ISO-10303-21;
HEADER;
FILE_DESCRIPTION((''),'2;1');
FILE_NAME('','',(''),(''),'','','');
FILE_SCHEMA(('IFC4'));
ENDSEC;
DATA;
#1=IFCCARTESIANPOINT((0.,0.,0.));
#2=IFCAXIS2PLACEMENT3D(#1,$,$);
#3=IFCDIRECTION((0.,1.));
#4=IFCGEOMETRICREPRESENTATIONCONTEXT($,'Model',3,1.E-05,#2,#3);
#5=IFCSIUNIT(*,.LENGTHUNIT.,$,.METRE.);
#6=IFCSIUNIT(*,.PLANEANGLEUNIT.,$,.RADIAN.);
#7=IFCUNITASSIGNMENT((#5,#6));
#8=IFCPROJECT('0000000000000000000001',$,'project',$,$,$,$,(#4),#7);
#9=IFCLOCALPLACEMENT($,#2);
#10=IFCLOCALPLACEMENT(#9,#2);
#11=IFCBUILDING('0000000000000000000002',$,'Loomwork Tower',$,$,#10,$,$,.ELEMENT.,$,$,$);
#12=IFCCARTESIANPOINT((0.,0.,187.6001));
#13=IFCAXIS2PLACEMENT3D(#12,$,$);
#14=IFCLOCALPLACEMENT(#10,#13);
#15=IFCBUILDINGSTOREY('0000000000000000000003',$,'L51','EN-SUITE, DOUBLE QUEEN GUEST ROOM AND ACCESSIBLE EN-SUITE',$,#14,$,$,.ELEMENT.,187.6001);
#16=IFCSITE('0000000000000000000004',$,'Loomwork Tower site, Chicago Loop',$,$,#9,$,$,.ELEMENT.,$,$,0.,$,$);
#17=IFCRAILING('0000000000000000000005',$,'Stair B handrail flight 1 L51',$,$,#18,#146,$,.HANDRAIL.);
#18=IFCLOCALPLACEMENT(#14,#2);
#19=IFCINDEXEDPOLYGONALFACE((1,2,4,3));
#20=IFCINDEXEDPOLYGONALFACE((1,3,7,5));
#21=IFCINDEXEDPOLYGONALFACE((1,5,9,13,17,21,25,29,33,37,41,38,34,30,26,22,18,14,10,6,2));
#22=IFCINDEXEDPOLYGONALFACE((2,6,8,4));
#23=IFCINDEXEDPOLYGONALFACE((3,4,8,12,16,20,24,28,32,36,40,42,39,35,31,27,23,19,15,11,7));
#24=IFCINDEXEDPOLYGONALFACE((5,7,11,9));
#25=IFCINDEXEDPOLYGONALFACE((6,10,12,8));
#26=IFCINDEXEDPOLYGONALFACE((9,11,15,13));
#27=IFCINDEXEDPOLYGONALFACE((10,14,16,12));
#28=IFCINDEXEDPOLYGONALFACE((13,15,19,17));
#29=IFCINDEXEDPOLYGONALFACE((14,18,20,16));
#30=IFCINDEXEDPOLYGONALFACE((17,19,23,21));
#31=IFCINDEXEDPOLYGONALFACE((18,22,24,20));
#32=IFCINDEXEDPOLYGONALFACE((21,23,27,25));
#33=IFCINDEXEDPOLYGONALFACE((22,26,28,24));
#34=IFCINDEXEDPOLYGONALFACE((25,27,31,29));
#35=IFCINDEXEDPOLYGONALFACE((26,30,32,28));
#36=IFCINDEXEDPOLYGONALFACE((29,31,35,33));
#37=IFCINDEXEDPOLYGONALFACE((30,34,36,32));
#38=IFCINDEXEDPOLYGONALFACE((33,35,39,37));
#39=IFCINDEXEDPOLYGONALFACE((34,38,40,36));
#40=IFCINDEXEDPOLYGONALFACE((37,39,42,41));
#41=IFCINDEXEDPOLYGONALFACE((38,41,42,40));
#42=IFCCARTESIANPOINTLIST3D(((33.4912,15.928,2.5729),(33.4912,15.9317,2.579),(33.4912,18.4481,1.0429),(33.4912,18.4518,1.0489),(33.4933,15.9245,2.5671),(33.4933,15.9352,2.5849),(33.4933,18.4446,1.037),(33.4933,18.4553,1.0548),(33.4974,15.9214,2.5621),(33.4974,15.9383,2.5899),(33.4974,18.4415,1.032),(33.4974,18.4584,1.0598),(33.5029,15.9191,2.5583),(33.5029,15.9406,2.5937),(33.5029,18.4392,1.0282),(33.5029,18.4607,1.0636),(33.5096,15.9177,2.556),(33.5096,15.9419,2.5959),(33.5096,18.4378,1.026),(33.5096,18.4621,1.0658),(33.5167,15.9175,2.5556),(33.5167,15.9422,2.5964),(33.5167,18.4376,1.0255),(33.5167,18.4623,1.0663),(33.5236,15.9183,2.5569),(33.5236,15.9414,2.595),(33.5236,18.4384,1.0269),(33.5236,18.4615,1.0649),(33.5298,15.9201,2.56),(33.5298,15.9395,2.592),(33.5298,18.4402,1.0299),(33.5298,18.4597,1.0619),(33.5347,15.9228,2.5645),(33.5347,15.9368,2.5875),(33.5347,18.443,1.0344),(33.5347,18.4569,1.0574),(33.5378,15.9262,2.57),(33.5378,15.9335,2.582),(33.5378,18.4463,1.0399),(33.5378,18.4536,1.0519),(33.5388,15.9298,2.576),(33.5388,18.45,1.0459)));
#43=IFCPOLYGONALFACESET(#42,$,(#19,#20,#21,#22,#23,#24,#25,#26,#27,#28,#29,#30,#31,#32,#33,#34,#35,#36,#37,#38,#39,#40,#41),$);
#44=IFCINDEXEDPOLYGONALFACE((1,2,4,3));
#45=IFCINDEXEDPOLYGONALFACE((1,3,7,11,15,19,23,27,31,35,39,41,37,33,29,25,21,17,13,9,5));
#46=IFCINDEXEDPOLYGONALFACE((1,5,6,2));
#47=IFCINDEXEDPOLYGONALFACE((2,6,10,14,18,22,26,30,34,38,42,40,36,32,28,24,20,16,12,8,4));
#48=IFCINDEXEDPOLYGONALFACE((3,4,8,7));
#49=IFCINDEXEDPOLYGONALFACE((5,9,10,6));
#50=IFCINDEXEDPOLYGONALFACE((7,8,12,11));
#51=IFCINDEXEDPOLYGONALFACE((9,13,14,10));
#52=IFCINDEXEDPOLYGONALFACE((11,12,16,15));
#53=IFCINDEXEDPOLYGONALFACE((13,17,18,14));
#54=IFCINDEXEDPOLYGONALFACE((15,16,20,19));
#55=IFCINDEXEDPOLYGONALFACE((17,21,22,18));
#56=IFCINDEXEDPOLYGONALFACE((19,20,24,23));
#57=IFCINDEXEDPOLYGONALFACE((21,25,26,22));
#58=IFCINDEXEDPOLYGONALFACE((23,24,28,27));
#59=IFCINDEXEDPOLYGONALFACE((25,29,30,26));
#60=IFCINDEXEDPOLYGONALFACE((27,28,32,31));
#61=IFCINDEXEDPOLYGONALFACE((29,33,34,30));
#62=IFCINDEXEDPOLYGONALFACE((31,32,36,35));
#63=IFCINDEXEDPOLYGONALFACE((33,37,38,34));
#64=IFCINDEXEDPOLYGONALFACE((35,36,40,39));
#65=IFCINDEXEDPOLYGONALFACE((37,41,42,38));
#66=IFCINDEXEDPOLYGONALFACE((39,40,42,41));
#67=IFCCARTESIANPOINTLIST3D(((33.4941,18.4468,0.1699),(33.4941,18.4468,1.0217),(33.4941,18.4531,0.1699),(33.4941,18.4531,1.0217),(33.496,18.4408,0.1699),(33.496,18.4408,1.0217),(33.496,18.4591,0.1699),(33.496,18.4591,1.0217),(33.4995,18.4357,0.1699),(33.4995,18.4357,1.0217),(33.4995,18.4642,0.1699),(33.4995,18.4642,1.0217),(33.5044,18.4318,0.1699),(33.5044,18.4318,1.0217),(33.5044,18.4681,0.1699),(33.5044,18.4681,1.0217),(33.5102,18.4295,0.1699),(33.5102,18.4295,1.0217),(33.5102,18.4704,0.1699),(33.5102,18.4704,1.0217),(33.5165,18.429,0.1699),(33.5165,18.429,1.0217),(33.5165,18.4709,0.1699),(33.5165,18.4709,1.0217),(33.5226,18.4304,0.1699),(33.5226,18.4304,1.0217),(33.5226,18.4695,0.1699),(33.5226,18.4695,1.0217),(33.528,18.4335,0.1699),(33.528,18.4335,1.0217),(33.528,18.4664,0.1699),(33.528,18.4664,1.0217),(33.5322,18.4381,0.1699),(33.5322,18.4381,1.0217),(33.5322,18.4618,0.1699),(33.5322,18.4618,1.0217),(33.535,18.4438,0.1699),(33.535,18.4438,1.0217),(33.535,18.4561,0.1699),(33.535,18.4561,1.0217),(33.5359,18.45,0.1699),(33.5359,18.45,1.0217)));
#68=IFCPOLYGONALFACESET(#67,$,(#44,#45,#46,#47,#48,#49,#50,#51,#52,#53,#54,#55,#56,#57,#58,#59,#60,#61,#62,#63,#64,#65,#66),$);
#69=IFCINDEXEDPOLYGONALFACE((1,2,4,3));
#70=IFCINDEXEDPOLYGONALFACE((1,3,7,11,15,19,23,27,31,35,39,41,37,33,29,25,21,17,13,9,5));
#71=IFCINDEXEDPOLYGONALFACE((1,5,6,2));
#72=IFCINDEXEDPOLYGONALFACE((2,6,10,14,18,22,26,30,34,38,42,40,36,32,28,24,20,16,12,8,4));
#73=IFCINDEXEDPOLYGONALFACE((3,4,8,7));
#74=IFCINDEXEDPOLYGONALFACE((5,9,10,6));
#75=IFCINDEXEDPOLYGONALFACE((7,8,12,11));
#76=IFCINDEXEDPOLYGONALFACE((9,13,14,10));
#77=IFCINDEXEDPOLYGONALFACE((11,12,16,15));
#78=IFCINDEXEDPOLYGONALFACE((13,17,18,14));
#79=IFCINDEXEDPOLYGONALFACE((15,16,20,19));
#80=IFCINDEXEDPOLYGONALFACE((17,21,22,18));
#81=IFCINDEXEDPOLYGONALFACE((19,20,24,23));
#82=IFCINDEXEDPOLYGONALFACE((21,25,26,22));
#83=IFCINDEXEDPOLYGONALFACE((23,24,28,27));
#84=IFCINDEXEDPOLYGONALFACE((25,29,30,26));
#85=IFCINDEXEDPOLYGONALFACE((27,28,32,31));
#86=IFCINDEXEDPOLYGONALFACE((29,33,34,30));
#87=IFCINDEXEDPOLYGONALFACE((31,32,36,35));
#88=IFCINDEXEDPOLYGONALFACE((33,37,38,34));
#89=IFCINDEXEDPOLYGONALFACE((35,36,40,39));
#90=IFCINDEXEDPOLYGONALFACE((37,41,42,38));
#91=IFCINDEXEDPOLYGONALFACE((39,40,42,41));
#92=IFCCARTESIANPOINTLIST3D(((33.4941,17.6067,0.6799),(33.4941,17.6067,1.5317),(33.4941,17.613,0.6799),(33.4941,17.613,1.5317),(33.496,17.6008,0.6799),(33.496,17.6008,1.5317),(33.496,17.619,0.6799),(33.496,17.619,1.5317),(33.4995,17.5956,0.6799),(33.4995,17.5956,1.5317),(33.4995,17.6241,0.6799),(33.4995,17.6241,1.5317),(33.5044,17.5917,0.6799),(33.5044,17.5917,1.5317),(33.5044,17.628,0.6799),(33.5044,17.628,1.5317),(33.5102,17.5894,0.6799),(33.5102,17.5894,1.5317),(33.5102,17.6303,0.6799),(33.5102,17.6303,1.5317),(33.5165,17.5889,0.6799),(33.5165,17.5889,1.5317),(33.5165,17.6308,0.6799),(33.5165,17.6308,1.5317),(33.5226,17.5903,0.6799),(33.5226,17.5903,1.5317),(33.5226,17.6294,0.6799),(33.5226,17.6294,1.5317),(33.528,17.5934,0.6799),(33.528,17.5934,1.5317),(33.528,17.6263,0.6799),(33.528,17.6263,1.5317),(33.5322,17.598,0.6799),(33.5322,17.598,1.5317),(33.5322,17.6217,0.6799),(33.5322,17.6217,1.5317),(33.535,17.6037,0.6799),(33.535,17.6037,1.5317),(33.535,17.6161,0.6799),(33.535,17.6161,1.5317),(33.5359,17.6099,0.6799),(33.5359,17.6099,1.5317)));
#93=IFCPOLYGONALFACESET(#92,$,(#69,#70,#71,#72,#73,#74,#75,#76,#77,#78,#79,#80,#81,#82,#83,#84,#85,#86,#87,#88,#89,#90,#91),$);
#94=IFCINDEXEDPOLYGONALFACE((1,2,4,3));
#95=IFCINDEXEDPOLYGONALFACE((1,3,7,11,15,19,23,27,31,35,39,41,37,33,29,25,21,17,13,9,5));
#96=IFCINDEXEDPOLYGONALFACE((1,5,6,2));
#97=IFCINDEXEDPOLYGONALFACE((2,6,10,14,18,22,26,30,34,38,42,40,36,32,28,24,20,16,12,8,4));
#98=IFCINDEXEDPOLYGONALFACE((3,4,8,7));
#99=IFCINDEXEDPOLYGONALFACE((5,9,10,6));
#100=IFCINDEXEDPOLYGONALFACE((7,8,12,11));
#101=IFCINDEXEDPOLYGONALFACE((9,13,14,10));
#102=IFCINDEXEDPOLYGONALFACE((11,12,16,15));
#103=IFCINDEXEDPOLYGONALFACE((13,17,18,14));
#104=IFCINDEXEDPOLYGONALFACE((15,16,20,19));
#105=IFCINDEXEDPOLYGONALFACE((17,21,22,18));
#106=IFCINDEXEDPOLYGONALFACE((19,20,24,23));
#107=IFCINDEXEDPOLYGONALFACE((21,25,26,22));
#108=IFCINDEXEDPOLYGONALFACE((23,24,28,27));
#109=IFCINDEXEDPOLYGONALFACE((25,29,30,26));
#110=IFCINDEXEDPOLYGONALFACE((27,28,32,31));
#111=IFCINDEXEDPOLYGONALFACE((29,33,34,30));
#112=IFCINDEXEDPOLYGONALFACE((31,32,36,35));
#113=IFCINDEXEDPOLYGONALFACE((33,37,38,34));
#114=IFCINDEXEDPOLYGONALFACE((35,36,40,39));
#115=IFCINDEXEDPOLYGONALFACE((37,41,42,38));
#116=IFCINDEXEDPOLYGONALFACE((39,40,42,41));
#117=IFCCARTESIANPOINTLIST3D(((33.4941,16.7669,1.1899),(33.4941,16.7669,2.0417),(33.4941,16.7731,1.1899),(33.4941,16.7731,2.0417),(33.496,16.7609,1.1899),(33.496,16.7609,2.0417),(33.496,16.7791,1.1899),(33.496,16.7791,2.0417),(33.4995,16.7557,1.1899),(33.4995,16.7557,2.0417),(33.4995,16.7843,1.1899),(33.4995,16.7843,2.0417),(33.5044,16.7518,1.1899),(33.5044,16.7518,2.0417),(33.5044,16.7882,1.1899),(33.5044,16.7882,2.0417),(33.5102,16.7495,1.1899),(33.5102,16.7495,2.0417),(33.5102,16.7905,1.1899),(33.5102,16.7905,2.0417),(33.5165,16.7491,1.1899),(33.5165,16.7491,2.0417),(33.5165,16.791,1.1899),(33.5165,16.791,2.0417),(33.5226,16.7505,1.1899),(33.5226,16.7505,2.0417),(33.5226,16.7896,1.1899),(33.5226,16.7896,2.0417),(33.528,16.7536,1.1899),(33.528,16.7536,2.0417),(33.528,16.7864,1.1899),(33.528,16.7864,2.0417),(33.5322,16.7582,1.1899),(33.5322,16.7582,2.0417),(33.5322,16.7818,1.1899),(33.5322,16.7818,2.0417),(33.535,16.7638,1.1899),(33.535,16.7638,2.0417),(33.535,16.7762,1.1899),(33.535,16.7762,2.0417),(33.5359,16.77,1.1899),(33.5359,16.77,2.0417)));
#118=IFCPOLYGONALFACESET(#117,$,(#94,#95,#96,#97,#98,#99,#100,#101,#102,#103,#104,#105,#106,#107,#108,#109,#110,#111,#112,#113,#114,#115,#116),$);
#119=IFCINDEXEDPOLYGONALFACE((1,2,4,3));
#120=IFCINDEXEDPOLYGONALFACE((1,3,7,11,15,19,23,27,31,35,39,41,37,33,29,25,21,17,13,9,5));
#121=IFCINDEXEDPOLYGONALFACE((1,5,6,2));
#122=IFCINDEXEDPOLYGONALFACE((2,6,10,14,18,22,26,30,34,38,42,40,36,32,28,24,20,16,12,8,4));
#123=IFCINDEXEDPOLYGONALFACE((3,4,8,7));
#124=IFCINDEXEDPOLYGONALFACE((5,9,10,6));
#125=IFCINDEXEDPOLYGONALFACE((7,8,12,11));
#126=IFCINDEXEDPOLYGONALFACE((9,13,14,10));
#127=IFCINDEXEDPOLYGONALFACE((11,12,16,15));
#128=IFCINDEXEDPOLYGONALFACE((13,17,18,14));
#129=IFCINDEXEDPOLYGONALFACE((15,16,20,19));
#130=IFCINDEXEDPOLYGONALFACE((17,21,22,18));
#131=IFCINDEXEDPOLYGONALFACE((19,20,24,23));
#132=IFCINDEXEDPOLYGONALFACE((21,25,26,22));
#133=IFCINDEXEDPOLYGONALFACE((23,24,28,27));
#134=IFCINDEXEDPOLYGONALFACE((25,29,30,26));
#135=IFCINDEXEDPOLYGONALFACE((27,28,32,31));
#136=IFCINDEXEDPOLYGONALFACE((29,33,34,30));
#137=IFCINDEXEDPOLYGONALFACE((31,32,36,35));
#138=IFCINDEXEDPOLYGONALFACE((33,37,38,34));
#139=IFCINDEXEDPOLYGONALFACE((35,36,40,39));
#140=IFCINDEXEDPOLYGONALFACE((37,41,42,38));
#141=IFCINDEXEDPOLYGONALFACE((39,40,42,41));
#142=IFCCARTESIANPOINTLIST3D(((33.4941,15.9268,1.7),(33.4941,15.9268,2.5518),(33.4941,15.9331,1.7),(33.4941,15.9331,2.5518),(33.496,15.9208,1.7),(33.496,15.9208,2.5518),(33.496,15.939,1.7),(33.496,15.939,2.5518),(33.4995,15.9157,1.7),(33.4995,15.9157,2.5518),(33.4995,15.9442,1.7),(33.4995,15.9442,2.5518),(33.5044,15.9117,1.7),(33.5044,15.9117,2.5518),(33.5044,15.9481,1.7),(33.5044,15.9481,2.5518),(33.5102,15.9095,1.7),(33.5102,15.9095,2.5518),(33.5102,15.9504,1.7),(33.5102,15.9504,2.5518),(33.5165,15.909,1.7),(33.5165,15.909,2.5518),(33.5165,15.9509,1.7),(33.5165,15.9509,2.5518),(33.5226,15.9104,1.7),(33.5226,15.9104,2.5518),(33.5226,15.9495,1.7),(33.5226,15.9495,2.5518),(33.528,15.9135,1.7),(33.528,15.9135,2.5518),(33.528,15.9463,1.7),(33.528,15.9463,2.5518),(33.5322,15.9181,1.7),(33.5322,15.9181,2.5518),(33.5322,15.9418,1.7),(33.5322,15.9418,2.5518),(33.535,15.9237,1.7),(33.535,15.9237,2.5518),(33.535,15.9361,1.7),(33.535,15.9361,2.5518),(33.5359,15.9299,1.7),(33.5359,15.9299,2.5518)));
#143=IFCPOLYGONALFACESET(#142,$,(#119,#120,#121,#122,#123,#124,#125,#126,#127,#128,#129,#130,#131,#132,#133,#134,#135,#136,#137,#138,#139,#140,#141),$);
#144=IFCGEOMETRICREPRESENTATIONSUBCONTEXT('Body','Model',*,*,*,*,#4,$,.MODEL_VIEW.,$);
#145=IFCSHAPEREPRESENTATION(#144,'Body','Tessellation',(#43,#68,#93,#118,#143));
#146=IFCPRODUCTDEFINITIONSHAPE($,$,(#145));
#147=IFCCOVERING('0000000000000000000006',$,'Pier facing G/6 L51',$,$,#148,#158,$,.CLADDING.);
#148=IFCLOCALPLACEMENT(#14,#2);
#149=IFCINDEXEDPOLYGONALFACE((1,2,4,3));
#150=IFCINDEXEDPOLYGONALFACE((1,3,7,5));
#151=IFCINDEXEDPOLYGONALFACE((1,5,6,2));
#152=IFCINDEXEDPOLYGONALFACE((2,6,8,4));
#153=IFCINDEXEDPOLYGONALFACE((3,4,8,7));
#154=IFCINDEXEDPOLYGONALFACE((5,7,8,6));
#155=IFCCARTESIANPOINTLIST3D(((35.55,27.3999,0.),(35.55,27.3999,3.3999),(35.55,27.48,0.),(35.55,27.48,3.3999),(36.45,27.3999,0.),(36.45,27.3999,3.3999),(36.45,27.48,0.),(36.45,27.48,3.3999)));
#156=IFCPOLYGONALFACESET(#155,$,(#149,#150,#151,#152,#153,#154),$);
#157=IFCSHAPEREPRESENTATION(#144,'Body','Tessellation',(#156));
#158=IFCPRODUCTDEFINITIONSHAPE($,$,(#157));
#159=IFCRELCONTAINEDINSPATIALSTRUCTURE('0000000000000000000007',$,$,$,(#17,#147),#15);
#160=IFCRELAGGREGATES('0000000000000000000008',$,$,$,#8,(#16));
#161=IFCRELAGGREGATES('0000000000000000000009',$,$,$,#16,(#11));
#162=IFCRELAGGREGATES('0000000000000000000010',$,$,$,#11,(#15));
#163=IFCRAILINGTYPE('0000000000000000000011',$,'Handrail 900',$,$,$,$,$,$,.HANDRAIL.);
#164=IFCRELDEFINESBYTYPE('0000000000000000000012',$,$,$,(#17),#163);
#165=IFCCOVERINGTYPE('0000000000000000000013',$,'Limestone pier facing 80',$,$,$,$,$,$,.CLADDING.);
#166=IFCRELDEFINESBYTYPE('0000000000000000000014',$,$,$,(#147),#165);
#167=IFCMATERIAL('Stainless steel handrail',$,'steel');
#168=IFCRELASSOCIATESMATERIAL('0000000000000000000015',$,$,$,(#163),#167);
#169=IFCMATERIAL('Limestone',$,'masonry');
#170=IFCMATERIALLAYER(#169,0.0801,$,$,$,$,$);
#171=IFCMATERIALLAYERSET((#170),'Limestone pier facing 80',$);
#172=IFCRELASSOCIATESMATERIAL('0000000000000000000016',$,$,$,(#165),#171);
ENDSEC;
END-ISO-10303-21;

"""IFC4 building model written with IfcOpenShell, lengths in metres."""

from ifc_helpers import new_model, si_unit, direction, frame, origin, origin_2d, place, context, subcontext, project, spatial, rectangle, circle, extrude, material, layer, layer_set, type_object, element, save


model = new_model("IFC4")

# Units and contexts
model_context = context("Model", 3, precision=1e-05, world=origin(), true_north=direction((0.0, 1.0)))
body_context = subcontext(model_context, "Body", "Model", "MODEL_VIEW")
ifc_project = project(units=[si_unit("LENGTHUNIT", "METRE"), si_unit("PLANEANGLEUNIT", "RADIAN")], contexts=[model_context])

# Site, building, storey
site_placement = place(None, origin())
site = spatial("IfcSite", under=ifc_project, at=site_placement, Name="Loomwork Tower site, Chicago Loop", CompositionType="ELEMENT", RefElevation=0.0)
building_placement = place(site_placement, origin())
building = spatial("IfcBuilding", under=site, at=building_placement, Name="Loomwork Tower", CompositionType="ELEMENT")
storey_placement = place(building_placement, frame((0.0, 0.0, 187.6001)))
storey = spatial("IfcBuildingStorey", under=building, at=storey_placement, Name="L51", Description="EN-SUITE, DOUBLE QUEEN GUEST ROOM AND ACCESSIBLE EN-SUITE", CompositionType="ELEMENT", Elevation=187.6001)

# Railing
ifc_material_1 = material(Name="Stainless steel handrail", Category="steel")
railing_type = type_object("IfcRailingType", Name="Handrail 900", PredefinedType="HANDRAIL", material=ifc_material_1)
railing_placement = place(storey_placement, frame((33.5149, 18.45, 0.1699)))
element("IfcRailing", 1, at=railing_placement, inside=storey, type_object=railing_type, Name="Stair B handrail flight 1 L51", PredefinedType="HANDRAIL", context=body_context, shape_type="SweptSolid", body=[
    extrude(circle(Radius=0.0239, at=origin_2d()), frame((0.0, 0.0, 0.876), z_axis=(0.0, -0.854785, 0.518982), x_axis=(1.0, 0.0, 0.0)), (0.0, 0.0, 1.0), 2.9482),
    extrude(circle(Radius=0.021, at=origin_2d()), origin(), (0.0, 0.0, 1.0), 0.8518),
    extrude(circle(Radius=0.021, at=origin_2d()), frame((0.0, -0.8401, 0.51)), (0.0, 0.0, 1.0), 0.8518),
    extrude(circle(Radius=0.021, at=origin_2d()), frame((0.0, -1.6799, 1.02)), (0.0, 0.0, 1.0), 0.8518),
    extrude(circle(Radius=0.021, at=origin_2d()), frame((0.0, -2.52, 1.53)), (0.0, 0.0, 1.0), 0.8518),
])

# Covering
ifc_material_2 = material(Name="Limestone", Category="masonry")
ifc_layer_1 = layer(ifc_material_2, 0.0801)
ifc_layer_set_1 = layer_set([ifc_layer_1], Name="Limestone pier facing 80")
covering_type = type_object("IfcCoveringType", Name="Limestone pier facing 80", PredefinedType="CLADDING", material=ifc_layer_set_1)
covering_placement = place(storey_placement, frame((36.0, 27.4399, 0.0), z_axis=(0.0, 0.0, 1.0), x_axis=(1.0, 0.0, 0.0)))
element("IfcCovering", 2, at=covering_placement, inside=storey, type_object=covering_type, Name="Pier facing G/6 L51", PredefinedType="CLADDING", context=body_context, shape_type="SweptSolid", body=[
    extrude(rectangle(XDim=0.8999, YDim=0.0801, at=origin_2d()), origin(), (0.0, 0.0, 1.0), 3.3999),
])

save(model, "model.ifc")
